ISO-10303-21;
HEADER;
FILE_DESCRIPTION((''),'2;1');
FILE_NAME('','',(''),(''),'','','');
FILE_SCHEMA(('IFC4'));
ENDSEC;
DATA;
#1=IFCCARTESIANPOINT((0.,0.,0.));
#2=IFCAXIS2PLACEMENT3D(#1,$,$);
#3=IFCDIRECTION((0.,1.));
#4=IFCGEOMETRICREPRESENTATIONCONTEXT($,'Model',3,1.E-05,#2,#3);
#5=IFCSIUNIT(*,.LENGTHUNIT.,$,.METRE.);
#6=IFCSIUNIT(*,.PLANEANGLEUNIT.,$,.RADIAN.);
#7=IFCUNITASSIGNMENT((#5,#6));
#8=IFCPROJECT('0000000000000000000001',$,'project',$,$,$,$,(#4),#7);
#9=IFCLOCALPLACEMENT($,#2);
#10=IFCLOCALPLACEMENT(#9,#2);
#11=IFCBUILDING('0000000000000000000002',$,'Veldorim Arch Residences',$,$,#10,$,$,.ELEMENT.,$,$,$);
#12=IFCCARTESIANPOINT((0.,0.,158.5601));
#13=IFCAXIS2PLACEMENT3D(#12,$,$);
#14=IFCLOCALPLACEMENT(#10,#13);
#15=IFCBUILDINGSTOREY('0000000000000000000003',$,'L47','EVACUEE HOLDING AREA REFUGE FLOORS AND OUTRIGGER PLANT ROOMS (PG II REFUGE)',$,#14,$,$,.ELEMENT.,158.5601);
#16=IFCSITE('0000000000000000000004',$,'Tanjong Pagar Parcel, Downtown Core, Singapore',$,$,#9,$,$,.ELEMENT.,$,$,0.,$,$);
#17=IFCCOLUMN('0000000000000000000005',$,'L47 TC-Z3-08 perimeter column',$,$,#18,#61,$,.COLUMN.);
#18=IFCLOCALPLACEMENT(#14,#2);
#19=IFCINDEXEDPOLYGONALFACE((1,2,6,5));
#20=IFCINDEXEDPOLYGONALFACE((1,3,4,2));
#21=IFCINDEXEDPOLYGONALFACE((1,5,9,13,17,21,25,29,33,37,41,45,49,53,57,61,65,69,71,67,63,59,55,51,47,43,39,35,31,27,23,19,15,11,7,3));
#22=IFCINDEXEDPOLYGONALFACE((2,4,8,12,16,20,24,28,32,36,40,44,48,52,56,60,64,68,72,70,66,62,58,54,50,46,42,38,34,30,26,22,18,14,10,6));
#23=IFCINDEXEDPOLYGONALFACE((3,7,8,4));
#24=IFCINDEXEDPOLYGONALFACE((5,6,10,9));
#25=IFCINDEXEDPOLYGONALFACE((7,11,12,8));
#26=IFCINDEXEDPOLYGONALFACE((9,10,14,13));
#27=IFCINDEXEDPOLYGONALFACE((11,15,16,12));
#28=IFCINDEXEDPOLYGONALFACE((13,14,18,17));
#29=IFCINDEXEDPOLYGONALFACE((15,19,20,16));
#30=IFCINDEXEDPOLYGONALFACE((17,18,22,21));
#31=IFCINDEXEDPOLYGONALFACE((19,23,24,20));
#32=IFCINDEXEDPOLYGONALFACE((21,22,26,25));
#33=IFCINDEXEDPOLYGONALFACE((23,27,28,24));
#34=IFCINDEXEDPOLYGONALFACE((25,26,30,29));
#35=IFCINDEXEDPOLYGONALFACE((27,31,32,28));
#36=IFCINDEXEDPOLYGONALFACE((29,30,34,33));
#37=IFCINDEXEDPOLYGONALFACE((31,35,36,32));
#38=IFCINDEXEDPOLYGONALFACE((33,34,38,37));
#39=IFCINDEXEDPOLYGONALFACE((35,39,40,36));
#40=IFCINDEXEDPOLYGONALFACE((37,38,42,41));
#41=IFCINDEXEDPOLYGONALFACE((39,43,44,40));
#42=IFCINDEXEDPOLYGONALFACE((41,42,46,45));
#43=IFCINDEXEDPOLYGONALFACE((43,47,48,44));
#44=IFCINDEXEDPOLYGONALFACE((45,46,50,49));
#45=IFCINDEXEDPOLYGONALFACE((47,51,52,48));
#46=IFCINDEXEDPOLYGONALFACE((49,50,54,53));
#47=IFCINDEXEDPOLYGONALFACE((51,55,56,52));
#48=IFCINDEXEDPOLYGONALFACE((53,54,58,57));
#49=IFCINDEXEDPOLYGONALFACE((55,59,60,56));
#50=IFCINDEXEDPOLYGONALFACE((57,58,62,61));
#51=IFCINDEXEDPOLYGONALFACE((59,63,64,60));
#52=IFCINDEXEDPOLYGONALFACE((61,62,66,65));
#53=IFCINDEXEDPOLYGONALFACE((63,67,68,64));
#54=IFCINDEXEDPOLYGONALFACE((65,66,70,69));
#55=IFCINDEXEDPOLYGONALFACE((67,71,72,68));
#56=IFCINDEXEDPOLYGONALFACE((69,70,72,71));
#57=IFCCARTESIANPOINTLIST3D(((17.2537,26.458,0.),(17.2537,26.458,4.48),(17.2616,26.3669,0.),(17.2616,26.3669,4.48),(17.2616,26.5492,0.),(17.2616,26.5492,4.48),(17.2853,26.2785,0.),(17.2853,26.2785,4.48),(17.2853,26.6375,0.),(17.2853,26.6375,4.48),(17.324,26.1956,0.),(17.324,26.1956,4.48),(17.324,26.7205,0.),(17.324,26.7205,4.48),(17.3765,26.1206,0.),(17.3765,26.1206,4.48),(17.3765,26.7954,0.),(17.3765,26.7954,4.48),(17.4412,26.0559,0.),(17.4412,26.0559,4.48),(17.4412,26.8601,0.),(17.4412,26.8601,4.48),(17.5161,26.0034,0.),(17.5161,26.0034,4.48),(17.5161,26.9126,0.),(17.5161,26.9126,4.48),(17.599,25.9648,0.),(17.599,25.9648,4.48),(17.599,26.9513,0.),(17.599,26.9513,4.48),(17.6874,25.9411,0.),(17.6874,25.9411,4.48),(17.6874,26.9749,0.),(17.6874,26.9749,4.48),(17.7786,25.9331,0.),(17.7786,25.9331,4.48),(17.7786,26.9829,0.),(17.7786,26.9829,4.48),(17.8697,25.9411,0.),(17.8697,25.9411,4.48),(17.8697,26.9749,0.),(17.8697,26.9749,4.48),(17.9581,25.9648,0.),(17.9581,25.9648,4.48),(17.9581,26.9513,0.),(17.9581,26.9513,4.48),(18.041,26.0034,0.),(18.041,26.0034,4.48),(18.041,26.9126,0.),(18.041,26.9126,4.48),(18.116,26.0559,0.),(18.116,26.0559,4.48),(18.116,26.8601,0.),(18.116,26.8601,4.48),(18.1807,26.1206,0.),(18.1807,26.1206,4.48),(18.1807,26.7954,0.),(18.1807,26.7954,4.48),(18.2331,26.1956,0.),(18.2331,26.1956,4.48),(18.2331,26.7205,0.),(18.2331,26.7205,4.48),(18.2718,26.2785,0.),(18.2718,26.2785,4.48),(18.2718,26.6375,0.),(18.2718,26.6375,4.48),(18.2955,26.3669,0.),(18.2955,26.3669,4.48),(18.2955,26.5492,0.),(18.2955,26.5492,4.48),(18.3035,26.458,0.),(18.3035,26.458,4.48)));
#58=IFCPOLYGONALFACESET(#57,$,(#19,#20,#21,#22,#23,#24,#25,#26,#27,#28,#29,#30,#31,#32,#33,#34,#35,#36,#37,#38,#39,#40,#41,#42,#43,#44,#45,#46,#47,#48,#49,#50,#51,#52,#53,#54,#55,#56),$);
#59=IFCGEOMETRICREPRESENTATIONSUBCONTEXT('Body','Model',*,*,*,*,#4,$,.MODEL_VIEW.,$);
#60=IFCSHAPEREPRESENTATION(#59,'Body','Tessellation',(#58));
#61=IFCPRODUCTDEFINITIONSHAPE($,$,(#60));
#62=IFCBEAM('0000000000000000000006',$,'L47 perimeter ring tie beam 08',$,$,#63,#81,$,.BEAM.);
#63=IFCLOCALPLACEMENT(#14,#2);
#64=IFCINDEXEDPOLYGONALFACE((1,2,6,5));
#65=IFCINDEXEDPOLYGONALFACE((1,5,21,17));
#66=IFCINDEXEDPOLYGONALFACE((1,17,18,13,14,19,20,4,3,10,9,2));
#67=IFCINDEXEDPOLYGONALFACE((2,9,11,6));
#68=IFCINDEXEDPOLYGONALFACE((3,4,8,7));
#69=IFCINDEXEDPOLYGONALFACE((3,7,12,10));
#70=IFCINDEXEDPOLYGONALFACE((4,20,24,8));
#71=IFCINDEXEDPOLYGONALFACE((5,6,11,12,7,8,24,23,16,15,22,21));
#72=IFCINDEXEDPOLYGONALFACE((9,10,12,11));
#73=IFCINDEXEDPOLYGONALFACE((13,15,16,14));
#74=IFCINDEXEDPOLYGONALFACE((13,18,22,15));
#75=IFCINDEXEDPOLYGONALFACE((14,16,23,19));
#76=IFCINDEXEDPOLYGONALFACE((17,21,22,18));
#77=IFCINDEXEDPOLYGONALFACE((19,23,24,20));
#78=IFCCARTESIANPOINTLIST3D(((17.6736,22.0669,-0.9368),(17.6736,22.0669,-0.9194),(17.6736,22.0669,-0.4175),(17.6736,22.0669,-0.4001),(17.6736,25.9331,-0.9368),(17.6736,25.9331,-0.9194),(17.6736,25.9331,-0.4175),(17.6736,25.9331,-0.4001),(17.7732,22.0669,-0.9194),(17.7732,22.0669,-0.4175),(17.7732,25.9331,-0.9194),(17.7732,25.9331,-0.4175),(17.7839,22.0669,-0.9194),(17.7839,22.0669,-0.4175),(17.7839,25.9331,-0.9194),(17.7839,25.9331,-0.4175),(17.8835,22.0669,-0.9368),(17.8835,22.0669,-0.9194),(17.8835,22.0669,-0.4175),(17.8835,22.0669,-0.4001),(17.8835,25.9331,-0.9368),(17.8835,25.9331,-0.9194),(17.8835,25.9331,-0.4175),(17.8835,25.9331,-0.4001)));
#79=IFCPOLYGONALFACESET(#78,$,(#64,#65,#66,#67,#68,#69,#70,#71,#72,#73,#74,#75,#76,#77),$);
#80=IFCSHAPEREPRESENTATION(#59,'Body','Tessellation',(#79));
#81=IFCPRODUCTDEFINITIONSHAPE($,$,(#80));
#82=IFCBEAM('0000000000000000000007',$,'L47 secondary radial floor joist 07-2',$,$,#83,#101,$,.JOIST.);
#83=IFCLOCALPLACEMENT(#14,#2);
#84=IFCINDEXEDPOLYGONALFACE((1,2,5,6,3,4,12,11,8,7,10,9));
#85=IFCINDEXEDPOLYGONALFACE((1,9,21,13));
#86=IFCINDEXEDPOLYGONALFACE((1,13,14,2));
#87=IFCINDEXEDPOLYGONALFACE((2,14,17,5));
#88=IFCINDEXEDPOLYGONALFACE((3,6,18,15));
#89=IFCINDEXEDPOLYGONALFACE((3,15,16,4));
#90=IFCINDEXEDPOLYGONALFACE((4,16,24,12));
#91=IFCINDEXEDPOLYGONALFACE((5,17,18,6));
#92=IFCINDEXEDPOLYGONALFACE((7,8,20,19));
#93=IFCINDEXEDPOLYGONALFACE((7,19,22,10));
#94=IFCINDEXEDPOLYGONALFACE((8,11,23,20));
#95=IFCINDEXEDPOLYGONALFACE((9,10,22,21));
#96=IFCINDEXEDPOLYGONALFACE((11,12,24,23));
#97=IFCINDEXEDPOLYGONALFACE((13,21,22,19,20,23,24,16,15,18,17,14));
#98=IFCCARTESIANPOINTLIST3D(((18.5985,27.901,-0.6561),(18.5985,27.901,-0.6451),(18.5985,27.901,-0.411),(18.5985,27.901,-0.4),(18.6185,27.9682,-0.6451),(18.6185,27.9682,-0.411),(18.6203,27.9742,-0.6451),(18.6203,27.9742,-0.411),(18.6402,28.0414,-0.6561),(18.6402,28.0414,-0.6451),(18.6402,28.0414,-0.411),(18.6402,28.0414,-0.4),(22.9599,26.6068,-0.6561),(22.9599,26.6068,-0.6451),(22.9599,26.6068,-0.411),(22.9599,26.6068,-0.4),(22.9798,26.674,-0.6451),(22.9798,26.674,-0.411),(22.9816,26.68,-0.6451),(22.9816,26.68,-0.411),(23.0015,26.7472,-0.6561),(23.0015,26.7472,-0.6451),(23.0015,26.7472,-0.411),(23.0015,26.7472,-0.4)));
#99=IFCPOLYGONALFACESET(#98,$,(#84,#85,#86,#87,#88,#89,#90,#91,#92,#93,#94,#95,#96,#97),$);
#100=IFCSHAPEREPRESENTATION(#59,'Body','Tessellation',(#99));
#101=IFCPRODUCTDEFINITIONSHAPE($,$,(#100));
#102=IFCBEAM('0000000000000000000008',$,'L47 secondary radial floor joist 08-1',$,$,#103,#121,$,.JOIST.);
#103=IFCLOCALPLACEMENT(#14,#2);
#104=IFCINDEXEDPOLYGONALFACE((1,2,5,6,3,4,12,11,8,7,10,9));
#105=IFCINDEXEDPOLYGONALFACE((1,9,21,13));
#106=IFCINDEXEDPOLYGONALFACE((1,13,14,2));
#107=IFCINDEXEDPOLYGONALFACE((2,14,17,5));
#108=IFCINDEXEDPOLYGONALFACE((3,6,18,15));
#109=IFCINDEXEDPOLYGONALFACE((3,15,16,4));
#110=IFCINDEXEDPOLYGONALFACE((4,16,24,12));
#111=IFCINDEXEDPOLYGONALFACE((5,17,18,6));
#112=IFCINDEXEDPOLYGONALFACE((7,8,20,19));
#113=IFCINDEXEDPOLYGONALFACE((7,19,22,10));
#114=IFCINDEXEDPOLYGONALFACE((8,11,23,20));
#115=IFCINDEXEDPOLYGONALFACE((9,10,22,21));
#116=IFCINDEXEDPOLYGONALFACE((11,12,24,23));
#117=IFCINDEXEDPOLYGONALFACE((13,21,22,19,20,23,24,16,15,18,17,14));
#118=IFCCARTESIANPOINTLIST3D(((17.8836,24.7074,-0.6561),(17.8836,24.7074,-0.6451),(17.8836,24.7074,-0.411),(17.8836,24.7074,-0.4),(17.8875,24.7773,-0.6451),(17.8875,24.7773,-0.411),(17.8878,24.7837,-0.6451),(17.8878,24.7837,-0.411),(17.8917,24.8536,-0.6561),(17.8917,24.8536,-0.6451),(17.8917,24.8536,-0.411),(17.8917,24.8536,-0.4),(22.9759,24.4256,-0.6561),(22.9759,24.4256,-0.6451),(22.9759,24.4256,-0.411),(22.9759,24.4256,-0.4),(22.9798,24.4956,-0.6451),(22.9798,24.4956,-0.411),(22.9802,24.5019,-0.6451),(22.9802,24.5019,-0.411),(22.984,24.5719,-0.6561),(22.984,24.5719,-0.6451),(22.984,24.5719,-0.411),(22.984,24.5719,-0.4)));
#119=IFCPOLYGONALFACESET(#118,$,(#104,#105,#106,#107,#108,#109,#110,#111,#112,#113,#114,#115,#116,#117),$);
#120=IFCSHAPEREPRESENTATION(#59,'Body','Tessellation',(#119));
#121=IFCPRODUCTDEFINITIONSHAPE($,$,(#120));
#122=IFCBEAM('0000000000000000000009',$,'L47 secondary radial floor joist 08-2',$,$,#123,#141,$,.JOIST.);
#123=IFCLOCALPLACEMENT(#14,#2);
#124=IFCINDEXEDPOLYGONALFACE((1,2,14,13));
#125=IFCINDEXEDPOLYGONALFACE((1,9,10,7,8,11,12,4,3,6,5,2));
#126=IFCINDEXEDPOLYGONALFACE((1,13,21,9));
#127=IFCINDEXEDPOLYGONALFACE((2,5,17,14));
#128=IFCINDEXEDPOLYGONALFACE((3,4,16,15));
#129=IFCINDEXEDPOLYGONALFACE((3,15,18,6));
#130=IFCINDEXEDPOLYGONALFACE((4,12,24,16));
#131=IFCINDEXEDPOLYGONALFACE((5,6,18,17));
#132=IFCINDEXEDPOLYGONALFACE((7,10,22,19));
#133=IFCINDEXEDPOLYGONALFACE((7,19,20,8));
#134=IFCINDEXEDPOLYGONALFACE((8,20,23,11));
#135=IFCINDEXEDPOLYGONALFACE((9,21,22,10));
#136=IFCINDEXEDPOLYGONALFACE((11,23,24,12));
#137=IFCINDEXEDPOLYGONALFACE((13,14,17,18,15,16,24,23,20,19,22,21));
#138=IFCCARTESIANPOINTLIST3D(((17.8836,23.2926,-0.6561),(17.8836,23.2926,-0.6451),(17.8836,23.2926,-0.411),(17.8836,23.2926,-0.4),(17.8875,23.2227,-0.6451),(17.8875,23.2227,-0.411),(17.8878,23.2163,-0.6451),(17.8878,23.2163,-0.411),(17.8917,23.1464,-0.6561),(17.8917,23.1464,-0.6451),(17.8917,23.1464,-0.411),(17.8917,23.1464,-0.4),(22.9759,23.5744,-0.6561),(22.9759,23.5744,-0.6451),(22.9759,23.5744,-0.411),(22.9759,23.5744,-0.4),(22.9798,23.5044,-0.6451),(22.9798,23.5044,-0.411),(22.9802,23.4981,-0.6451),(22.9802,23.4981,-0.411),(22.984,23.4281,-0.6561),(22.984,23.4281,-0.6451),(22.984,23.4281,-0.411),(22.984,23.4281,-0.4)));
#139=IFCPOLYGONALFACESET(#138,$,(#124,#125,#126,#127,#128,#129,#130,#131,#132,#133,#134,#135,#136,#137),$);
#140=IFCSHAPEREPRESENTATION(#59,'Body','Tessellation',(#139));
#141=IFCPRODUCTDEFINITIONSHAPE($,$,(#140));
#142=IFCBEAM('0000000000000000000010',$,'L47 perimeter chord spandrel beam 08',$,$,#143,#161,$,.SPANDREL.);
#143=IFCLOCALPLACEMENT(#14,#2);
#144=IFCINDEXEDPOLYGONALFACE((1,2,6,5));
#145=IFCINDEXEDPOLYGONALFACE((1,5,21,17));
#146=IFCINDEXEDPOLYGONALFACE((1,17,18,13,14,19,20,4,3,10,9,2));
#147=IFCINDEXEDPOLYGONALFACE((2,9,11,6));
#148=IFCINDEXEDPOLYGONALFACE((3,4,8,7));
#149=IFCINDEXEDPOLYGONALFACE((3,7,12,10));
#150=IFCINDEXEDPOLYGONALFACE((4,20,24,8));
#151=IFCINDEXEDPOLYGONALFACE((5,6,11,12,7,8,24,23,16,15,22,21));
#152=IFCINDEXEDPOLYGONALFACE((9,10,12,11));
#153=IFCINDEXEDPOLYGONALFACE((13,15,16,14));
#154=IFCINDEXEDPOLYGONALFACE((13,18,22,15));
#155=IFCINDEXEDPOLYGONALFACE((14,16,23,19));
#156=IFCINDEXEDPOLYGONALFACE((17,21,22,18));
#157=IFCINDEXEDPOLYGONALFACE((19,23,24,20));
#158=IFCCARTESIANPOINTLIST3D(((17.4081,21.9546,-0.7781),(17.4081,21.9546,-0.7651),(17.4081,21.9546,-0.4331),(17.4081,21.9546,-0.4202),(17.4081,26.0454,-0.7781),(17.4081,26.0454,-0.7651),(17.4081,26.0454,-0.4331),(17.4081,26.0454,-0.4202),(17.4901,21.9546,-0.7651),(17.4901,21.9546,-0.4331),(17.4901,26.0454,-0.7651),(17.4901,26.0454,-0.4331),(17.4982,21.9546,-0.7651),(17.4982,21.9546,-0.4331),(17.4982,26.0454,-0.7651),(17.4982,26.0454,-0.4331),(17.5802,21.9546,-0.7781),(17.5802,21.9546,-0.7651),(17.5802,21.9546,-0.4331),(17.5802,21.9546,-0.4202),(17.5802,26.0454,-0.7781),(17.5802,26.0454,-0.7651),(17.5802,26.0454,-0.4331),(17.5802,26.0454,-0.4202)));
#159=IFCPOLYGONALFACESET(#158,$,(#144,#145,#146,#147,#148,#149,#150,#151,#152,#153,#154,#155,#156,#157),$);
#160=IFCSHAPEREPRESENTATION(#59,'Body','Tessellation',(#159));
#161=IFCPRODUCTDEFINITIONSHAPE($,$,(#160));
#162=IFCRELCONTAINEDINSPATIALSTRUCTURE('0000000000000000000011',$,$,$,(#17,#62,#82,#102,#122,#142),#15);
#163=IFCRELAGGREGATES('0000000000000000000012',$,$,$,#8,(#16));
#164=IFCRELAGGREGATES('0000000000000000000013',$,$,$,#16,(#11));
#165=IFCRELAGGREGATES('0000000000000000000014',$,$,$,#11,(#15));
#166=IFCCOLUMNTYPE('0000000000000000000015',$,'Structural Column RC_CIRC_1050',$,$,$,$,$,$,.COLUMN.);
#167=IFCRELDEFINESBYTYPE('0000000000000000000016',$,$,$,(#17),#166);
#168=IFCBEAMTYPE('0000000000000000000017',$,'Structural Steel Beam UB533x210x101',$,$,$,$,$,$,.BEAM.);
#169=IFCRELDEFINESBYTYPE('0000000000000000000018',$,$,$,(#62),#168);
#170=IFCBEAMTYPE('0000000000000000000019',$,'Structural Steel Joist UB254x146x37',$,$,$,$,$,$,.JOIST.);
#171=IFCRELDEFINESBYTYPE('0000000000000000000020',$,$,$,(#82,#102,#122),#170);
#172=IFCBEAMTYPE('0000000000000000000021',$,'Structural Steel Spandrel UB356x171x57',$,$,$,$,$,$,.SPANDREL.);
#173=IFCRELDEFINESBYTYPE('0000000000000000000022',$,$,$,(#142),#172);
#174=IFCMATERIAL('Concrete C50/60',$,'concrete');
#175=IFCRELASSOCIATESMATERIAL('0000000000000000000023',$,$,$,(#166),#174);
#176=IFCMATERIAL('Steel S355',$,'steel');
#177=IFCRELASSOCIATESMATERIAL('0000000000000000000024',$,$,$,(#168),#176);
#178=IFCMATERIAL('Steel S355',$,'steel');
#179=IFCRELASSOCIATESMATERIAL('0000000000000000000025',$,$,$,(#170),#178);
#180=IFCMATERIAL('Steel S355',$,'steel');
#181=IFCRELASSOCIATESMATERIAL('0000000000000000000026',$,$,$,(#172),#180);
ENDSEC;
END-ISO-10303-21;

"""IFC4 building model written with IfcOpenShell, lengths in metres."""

from ifc_helpers import new_model, si_unit, direction, frame, origin, origin_2d, place, context, subcontext, project, spatial, circle, i_section, extrude, material, material_profile, profile_set, type_object, element, save


model = new_model("IFC4")

# Units and contexts
model_context = context("Model", 3, precision=1e-05, world=origin(), true_north=direction((0.0, 1.0)))
body_context = subcontext(model_context, "Body", "Model", "MODEL_VIEW")
ifc_project = project(units=[si_unit("LENGTHUNIT", "METRE"), si_unit("PLANEANGLEUNIT", "RADIAN")], contexts=[model_context])

# Site, building, storey
site_placement = place(None, origin())
site = spatial("IfcSite", under=ifc_project, at=site_placement, Name="Tanjong Pagar Parcel, Downtown Core, Singapore", CompositionType="ELEMENT", RefElevation=0.0)
building_placement = place(site_placement, origin())
building = spatial("IfcBuilding", under=site, at=building_placement, Name="Veldorim Arch Residences", CompositionType="ELEMENT")
storey_placement = place(building_placement, frame((0.0, 0.0, 158.5601)))
storey = spatial("IfcBuildingStorey", under=building, at=storey_placement, Name="L47", Description="EVACUEE HOLDING AREA REFUGE FLOORS AND OUTRIGGER PLANT ROOMS (PG II REFUGE)", CompositionType="ELEMENT", Elevation=158.5601)

# Column
ifc_material_1 = material(Name="Concrete C50/60", Category="concrete")
ifc_material_profile_1 = material_profile(ifc_material_1, circle(Radius=0.5249, at=origin_2d()), Name="RC_CIRC_1050")
ifc_profile_set_1 = profile_set([ifc_material_profile_1], Name="Concrete C50/60")
column_type = type_object("IfcColumnType", Name="Structural Column RC_CIRC_1050", PredefinedType="COLUMN", material=ifc_profile_set_1)
column_placement = place(storey_placement, frame((17.7786, 26.458, 0.0), z_axis=(0.0, 0.0, 1.0), x_axis=(1.0, 0.0, 0.0)))
element("IfcColumn", 1, at=column_placement, inside=storey, type_object=column_type, Name="L47 TC-Z3-08 perimeter column", PredefinedType="COLUMN", context=body_context, shape_type="SweptSolid", body=[
    extrude(circle(Radius=0.5249, at=origin_2d()), origin(), (0.0, 0.0, 1.0), 4.48),
])

# Beams
ifc_material_2 = material(Name="Steel S355", Category="steel")
ifc_material_profile_2 = material_profile(ifc_material_2, i_section(OverallWidth=0.21, OverallDepth=0.5366, WebThickness=0.0107, FlangeThickness=0.0173, at=origin_2d()), Name="UB533x210x101")
ifc_profile_set_2 = profile_set([ifc_material_profile_2], Name="Steel S355")
beam_type_1 = type_object("IfcBeamType", Name="Structural Steel Beam UB533x210x101", PredefinedType="BEAM", material=ifc_profile_set_2)
beam_1_placement = place(storey_placement, frame((17.7786, 25.9331, -0.6685), z_axis=(0.0, -1.0, 0.0), x_axis=(1.0, 0.0, 0.0)))
element("IfcBeam", 2, at=beam_1_placement, inside=storey, type_object=beam_type_1, Name="L47 perimeter ring tie beam 08", PredefinedType="BEAM", context=body_context, shape_type="SweptSolid", body=[
    extrude(i_section(OverallWidth=0.21, OverallDepth=0.5366, WebThickness=0.0107, FlangeThickness=0.0173, at=origin_2d()), origin(), (0.0, 0.0, 1.0), 3.8662),
])
ifc_material_3 = material(Name="Steel S355", Category="steel")
ifc_material_profile_3 = material_profile(ifc_material_3, i_section(OverallWidth=0.1465, OverallDepth=0.2561, WebThickness=0.0063, FlangeThickness=0.011, at=origin_2d()), Name="UB254x146x37")
ifc_profile_set_3 = profile_set([ifc_material_profile_3], Name="Steel S355")
beam_type_2 = type_object("IfcBeamType", Name="Structural Steel Joist UB254x146x37", PredefinedType="JOIST", material=ifc_profile_set_3)
beam_2_placement = place(storey_placement, frame((22.9807, 26.677, -0.5281), z_axis=(-0.958682, 0.284481, 0.0), x_axis=(-0.284481, -0.958682, 0.0)))
element("IfcBeam", 3, at=beam_2_placement, inside=storey, type_object=beam_type_2, Name="L47 secondary radial floor joist 07-2", PredefinedType="JOIST", context=body_context, shape_type="SweptSolid", body=[
    extrude(i_section(OverallWidth=0.1465, OverallDepth=0.2561, WebThickness=0.0063, FlangeThickness=0.011, at=origin_2d()), origin(), (0.0, 0.0, 1.0), 4.5493),
])
for number, where, z_axis, x_axis, name in (
    (4, (22.98, 24.4988, -0.5281), (-0.998473, 0.055242, 0.0), (-0.055242, -0.998473, 0.0), "L47 secondary radial floor joist 08-1"),
    (5, (22.98, 23.5012, -0.5281), (-0.998473, -0.055242, 0.0), (0.055242, -0.998473, 0.0), "L47 secondary radial floor joist 08-2"),
):
    element("IfcBeam", number, at=place(storey_placement, frame(where, z_axis=z_axis, x_axis=x_axis)), inside=storey, type_object=beam_type_2, Name=name, PredefinedType="JOIST", context=body_context, shape_type="SweptSolid", body=[
        extrude(i_section(OverallWidth=0.1465, OverallDepth=0.2561, WebThickness=0.0063, FlangeThickness=0.011, at=origin_2d()), origin(), (0.0, 0.0, 1.0), 5.1001),
    ])
ifc_material_4 = material(Name="Steel S355", Category="steel")
ifc_material_profile_4 = material_profile(ifc_material_4, i_section(OverallWidth=0.1721, OverallDepth=0.3579, WebThickness=0.0081, FlangeThickness=0.0129, at=origin_2d()), Name="UB356x171x57")
ifc_profile_set_4 = profile_set([ifc_material_profile_4], Name="Steel S355")
beam_type_3 = type_object("IfcBeamType", Name="Structural Steel Spandrel UB356x171x57", PredefinedType="SPANDREL", material=ifc_profile_set_4)
beam_3_placement = place(storey_placement, frame((17.4941, 26.0454, -0.5991), z_axis=(0.0, -1.0, 0.0), x_axis=(1.0, 0.0, 0.0)))
element("IfcBeam", 6, at=beam_3_placement, inside=storey, type_object=beam_type_3, Name="L47 perimeter chord spandrel beam 08", PredefinedType="SPANDREL", context=body_context, shape_type="SweptSolid", body=[
    extrude(i_section(OverallWidth=0.1721, OverallDepth=0.3579, WebThickness=0.0081, FlangeThickness=0.0129, at=origin_2d()), origin(), (0.0, 0.0, 1.0), 4.0908),
])

save(model, "model.ifc")
